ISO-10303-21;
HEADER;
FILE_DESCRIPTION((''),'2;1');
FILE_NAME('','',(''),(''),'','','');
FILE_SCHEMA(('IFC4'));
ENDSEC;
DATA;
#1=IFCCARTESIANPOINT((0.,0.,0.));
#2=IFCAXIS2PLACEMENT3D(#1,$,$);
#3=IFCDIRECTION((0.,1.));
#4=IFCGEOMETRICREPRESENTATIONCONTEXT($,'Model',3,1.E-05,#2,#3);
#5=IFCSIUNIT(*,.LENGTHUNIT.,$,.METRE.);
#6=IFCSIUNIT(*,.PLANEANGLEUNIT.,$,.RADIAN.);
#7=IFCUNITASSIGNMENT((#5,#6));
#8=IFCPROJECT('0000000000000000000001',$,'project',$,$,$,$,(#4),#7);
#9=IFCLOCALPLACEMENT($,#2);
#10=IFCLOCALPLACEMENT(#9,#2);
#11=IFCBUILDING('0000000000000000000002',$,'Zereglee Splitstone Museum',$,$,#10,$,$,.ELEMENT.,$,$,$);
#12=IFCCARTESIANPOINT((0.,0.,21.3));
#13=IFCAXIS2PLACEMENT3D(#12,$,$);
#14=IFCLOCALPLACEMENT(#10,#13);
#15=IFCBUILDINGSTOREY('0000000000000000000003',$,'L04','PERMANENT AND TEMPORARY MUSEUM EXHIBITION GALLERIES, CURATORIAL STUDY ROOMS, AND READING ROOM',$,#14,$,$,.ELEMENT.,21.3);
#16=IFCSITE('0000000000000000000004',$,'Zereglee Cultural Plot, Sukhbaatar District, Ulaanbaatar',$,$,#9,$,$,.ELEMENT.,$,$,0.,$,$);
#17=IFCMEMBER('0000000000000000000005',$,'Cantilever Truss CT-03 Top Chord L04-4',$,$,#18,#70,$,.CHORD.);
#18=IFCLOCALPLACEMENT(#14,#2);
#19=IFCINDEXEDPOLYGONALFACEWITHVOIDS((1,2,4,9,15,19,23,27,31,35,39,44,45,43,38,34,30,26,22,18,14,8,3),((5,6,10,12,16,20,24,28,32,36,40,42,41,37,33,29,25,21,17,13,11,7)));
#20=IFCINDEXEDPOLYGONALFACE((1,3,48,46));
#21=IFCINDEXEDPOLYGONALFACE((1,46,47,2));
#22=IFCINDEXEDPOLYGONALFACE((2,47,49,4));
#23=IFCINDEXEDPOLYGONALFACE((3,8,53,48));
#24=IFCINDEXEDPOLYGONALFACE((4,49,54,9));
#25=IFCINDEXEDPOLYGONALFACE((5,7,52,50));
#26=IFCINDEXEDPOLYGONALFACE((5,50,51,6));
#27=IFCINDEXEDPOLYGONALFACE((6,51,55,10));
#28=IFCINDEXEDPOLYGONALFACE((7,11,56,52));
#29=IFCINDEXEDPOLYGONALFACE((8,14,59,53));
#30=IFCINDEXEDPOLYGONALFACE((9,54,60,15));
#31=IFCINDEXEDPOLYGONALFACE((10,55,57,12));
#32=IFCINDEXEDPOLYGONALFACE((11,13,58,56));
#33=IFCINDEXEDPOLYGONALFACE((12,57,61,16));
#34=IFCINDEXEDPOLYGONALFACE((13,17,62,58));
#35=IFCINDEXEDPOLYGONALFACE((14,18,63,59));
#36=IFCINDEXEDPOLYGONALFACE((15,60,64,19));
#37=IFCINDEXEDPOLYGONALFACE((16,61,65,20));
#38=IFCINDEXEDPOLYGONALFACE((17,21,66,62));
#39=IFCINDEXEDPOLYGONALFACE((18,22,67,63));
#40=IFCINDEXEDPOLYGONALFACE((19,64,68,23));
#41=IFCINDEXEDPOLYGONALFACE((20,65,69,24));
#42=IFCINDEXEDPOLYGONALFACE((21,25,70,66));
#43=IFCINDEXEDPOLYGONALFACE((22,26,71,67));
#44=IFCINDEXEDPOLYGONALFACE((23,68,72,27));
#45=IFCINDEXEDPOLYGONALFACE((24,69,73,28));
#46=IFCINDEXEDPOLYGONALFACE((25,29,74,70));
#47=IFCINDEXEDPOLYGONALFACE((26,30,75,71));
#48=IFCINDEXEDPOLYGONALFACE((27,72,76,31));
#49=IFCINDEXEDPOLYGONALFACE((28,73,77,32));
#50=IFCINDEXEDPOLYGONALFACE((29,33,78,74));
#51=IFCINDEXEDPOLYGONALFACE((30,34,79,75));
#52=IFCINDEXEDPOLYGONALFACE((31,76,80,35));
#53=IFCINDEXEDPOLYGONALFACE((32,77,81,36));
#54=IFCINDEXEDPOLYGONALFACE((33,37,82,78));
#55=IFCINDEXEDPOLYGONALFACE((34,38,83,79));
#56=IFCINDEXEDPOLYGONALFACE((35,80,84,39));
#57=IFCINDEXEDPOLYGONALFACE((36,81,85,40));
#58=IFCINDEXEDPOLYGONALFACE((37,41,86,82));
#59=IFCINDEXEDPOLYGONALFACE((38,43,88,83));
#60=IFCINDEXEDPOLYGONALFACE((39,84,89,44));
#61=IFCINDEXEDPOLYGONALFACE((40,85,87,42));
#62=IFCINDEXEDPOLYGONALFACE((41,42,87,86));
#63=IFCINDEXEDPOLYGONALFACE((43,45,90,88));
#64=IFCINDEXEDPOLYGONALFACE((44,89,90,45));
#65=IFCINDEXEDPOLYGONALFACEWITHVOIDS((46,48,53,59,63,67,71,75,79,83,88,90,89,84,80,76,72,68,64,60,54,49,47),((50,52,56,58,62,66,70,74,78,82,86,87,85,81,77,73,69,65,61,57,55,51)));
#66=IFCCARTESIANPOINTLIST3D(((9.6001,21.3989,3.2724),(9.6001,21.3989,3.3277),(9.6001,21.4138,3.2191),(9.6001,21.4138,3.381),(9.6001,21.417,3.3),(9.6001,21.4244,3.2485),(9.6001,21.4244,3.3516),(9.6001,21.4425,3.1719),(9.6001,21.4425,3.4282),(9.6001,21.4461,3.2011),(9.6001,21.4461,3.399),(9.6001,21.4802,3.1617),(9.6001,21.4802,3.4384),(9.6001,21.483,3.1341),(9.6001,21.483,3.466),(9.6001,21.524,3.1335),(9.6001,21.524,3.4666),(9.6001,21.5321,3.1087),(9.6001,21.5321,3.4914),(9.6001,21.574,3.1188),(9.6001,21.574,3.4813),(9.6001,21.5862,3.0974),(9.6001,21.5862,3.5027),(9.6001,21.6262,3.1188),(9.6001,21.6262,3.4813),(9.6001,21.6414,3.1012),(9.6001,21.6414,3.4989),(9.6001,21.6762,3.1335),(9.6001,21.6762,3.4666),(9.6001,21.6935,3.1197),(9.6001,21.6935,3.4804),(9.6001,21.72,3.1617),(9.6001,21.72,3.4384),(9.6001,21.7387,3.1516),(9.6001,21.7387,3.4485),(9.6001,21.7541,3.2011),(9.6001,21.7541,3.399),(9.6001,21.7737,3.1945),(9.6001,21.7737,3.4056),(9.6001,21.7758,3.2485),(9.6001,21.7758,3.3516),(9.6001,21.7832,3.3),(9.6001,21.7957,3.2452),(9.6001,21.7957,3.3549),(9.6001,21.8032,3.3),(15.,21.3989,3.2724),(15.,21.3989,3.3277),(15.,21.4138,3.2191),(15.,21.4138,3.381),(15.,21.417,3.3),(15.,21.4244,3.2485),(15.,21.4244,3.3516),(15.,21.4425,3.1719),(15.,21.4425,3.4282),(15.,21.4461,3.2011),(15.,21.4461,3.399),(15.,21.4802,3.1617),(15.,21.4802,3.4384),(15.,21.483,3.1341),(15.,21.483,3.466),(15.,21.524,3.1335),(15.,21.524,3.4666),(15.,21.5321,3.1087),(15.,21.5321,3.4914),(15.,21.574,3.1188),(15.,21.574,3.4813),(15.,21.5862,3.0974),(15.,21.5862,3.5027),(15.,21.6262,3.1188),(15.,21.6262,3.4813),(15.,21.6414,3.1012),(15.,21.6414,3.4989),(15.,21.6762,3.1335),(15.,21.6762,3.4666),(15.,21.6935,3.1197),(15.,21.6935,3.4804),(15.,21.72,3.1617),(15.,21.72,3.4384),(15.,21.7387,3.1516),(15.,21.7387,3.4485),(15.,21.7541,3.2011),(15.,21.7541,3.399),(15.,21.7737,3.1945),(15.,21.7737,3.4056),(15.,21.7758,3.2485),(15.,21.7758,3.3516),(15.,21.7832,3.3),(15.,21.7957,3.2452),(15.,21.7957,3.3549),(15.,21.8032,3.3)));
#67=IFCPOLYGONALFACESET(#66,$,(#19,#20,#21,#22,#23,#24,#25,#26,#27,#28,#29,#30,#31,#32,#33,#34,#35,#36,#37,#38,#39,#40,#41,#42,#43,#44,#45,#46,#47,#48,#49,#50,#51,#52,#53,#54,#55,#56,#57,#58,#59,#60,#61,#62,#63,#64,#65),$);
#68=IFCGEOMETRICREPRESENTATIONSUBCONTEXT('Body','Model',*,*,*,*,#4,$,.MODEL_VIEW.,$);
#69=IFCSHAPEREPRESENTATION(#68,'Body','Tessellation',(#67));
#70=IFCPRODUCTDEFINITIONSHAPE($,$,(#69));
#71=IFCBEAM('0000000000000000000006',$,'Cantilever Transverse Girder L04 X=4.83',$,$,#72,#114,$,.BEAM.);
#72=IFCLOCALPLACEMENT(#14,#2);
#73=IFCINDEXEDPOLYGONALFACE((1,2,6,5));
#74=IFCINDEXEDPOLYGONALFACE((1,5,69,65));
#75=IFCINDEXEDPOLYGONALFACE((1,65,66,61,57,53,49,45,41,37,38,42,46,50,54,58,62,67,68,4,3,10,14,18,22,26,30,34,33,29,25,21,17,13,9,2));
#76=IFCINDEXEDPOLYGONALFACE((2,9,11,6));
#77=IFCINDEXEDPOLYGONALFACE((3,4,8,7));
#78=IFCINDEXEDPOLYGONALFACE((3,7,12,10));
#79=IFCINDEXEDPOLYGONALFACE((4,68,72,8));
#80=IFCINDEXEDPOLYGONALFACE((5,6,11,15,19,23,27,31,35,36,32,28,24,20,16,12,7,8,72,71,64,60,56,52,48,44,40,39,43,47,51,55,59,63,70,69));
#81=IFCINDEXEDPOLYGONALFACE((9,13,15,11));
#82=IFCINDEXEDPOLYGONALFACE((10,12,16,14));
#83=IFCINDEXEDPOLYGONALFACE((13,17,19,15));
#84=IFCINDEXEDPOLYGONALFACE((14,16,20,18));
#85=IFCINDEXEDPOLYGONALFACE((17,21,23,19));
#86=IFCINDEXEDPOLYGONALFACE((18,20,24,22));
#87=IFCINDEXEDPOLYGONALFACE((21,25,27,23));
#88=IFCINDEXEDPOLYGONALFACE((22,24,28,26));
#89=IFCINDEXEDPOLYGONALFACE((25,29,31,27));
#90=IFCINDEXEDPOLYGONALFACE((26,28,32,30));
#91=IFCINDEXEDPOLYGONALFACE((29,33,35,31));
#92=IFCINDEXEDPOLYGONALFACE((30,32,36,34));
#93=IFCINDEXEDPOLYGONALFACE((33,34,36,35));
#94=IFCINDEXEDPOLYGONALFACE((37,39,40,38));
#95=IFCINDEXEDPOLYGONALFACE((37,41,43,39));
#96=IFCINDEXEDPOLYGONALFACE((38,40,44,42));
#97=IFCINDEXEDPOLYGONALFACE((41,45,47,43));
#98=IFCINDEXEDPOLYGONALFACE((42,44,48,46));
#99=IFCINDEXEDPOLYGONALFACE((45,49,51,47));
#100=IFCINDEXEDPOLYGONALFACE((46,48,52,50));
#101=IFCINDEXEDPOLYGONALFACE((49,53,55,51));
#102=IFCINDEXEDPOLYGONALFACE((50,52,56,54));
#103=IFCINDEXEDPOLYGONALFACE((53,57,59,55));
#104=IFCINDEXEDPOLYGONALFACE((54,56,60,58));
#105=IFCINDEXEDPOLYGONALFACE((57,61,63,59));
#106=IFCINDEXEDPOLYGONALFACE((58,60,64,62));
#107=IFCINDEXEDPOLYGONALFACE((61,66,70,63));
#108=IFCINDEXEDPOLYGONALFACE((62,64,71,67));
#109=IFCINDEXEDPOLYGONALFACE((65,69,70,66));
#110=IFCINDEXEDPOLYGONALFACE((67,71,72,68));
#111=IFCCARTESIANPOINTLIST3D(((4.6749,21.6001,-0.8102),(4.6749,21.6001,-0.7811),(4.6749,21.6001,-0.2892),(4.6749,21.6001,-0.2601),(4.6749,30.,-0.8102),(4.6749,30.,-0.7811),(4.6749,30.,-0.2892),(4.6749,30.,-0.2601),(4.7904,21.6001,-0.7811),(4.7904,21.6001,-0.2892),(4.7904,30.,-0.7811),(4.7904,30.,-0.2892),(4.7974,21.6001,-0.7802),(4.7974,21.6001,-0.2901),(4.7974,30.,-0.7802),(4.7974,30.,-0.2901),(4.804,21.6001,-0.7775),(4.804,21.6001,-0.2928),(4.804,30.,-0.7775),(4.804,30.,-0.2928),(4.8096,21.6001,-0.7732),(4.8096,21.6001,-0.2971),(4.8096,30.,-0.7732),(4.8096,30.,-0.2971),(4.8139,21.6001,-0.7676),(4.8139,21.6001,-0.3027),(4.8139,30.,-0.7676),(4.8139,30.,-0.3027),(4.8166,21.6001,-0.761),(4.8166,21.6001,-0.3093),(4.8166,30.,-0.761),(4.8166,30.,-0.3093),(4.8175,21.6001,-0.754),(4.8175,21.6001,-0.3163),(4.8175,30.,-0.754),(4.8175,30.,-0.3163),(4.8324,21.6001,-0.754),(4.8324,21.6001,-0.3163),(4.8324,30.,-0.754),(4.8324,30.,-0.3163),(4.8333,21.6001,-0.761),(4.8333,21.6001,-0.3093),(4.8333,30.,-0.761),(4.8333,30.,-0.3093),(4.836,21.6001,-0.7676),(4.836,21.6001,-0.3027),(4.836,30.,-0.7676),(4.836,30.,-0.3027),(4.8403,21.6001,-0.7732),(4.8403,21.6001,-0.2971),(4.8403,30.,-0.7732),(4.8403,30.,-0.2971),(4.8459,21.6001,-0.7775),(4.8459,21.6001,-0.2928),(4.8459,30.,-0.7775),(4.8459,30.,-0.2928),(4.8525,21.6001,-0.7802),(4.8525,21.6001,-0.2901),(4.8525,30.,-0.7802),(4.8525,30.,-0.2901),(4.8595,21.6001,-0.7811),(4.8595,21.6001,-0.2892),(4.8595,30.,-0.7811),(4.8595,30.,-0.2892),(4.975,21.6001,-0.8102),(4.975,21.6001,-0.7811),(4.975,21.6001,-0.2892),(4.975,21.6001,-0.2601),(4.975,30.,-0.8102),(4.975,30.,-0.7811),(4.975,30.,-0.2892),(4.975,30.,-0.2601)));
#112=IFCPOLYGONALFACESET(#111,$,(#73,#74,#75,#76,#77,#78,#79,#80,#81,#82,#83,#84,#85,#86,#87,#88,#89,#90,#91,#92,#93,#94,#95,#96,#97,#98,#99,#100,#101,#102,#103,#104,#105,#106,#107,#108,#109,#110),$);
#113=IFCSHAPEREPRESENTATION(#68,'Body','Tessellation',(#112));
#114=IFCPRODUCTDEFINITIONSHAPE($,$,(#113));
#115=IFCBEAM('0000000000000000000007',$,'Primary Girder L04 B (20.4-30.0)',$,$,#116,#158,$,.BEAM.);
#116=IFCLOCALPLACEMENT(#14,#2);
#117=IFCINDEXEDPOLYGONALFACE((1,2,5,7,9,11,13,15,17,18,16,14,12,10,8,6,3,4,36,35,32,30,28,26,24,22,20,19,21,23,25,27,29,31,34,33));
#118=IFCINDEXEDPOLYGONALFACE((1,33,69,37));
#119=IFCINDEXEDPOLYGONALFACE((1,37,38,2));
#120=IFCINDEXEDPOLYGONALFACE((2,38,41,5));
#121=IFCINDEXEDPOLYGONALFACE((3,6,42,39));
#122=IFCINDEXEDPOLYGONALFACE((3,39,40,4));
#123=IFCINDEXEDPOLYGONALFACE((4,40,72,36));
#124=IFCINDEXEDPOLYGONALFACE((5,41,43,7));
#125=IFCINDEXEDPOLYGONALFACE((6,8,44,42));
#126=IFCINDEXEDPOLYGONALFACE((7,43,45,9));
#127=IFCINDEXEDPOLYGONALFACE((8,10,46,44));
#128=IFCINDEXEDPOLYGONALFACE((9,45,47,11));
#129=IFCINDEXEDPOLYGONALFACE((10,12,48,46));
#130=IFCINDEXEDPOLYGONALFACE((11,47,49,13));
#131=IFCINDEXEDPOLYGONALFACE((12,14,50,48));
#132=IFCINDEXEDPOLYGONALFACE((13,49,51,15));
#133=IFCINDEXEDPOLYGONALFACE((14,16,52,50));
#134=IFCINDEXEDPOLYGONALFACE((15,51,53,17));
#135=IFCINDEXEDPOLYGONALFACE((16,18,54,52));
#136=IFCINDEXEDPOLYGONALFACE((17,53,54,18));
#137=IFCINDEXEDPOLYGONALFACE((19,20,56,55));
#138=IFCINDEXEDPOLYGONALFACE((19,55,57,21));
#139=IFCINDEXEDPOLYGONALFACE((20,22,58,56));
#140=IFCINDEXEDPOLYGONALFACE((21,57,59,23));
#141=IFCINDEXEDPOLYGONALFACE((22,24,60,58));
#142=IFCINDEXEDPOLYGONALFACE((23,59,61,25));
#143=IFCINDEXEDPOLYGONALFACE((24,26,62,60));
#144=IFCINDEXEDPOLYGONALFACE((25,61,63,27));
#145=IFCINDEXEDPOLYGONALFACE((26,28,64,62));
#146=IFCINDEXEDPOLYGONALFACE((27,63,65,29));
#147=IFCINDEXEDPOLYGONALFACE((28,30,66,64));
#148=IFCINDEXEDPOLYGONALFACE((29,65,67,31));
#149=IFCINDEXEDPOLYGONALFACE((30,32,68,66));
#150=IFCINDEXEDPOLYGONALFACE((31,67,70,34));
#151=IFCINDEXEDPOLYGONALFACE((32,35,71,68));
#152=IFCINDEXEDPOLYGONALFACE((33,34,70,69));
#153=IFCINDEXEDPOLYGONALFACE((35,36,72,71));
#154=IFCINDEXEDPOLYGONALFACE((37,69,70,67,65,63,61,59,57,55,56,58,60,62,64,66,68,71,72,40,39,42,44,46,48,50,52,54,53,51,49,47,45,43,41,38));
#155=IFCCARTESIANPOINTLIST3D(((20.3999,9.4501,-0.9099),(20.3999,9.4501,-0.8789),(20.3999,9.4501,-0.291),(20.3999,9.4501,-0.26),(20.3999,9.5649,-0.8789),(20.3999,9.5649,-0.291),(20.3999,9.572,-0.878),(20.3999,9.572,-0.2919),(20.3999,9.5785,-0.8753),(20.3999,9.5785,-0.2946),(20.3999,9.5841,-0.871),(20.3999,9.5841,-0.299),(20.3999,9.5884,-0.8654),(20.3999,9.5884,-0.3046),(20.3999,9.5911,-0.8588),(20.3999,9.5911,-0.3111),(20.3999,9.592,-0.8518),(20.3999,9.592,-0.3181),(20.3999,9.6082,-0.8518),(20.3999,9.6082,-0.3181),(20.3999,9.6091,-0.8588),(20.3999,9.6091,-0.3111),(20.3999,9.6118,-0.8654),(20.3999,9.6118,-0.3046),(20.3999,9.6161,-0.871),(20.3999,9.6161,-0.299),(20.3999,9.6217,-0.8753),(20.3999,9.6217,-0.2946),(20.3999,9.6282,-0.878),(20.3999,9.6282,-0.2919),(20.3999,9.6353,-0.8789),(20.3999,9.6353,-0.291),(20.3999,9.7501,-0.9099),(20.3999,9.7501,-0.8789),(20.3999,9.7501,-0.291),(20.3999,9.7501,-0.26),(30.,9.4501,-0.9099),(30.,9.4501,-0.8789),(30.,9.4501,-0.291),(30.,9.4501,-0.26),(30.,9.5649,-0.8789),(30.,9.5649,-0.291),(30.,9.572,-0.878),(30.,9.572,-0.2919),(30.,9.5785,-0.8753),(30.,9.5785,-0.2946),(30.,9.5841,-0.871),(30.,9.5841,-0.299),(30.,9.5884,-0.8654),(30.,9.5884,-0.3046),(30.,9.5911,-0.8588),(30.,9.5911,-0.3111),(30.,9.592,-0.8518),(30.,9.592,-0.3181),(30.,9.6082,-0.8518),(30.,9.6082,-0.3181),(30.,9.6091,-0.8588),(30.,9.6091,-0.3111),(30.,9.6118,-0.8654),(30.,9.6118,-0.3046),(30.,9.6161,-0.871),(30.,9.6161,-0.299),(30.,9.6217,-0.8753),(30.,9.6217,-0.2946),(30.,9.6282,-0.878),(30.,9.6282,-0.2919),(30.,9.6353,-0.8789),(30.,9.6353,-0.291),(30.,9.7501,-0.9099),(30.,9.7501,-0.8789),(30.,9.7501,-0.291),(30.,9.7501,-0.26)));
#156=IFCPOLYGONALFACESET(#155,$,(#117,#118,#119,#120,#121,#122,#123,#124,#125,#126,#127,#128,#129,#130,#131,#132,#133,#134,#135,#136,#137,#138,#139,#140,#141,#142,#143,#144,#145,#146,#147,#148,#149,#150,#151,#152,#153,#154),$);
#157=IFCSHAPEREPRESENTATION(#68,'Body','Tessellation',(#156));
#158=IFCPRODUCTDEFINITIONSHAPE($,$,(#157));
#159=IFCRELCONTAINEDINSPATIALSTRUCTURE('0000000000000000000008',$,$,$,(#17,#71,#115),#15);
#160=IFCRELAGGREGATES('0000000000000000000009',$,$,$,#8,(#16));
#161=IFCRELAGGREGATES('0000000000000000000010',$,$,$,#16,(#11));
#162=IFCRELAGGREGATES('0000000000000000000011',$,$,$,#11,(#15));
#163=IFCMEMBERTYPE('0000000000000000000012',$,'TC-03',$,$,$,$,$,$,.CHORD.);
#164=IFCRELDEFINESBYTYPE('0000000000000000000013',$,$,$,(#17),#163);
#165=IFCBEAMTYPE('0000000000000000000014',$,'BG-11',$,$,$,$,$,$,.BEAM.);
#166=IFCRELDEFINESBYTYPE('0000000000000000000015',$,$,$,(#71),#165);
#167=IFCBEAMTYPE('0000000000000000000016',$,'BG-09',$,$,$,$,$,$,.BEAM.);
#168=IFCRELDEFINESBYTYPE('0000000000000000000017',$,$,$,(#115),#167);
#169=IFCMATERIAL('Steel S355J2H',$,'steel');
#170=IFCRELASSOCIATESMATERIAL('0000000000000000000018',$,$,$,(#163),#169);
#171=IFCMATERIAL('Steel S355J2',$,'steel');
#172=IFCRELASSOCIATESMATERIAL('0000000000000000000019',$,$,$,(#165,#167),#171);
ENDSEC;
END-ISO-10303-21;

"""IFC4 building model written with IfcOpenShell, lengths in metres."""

from ifc_helpers import new_model, si_unit, direction, frame, origin, origin_2d, place, context, subcontext, project, spatial, hollow_circle, i_section, extrude, material, material_profile, profile_set, type_object, element, save


model = new_model("IFC4")

# Units and contexts
model_context = context("Model", 3, precision=1e-05, world=origin(), true_north=direction((0.0, 1.0)))
body_context = subcontext(model_context, "Body", "Model", "MODEL_VIEW")
ifc_project = project(units=[si_unit("LENGTHUNIT", "METRE"), si_unit("PLANEANGLEUNIT", "RADIAN")], contexts=[model_context])

# Site, building, storey
site_placement = place(None, origin())
site = spatial("IfcSite", under=ifc_project, at=site_placement, Name="Zereglee Cultural Plot, Sukhbaatar District, Ulaanbaatar", CompositionType="ELEMENT", RefElevation=0.0)
building_placement = place(site_placement, origin())
building = spatial("IfcBuilding", under=site, at=building_placement, Name="Zereglee Splitstone Museum", CompositionType="ELEMENT")
storey_placement = place(building_placement, frame((0.0, 0.0, 21.3)))
storey = spatial("IfcBuildingStorey", under=building, at=storey_placement, Name="L04", Description="PERMANENT AND TEMPORARY MUSEUM EXHIBITION GALLERIES, CURATORIAL STUDY ROOMS, AND READING ROOM", CompositionType="ELEMENT", Elevation=21.3)

# Shared definitions
ifc_material_1 = material(Name="Steel S355J2H", Category="steel")

# Member
ifc_material_profile_1 = material_profile(ifc_material_1, hollow_circle(Radius=0.2031, WallThickness=0.02, at=origin_2d()), Name="CHS 406.4x20")
ifc_profile_set_1 = profile_set([ifc_material_profile_1], Name="Steel S355J2H")
member_type_1 = type_object("IfcMemberType", Name="TC-03", PredefinedType="CHORD", material=ifc_profile_set_1)
member_1_placement = place(storey_placement, frame((9.6001, 21.6001, 3.3), z_axis=(1.0, 0.0, 0.0), x_axis=(0.0, 1.0, 0.0)))
element("IfcMember", 1, at=member_1_placement, inside=storey, type_object=member_type_1, Name="Cantilever Truss CT-03 Top Chord L04-4", PredefinedType="CHORD", context=body_context, shape_type="SweptSolid", body=[
    extrude(hollow_circle(Radius=0.2031, WallThickness=0.02, at=origin_2d()), origin(), (0.0, 0.0, 1.0), 5.3999),
])

# Beams
ifc_material_2 = material(Name="Steel S355J2", Category="steel")
ifc_material_profile_2 = material_profile(ifc_material_2, i_section(OverallWidth=0.3, OverallDepth=0.55, WebThickness=0.0149, FlangeThickness=0.0291, FilletRadius=0.0271, at=origin_2d()), Name="HE 550 B")
ifc_profile_set_2 = profile_set([ifc_material_profile_2], Name="Steel S355J2")
beam_type_1 = type_object("IfcBeamType", Name="BG-11", PredefinedType="BEAM", material=ifc_profile_set_2)
beam_1_placement = place(storey_placement, frame((4.825, 21.6001, -0.5352), z_axis=(0.0, 1.0, 0.0), x_axis=(-1.0, 0.0, 0.0)))
element("IfcBeam", 2, at=beam_1_placement, inside=storey, type_object=beam_type_1, Name="Cantilever Transverse Girder L04 X=4.83", PredefinedType="BEAM", context=body_context, shape_type="SweptSolid", body=[
    extrude(i_section(OverallWidth=0.3, OverallDepth=0.55, WebThickness=0.0149, FlangeThickness=0.0291, FilletRadius=0.0271, at=origin_2d()), origin(), (0.0, 0.0, 1.0), 8.3999),
])
ifc_material_profile_3 = material_profile(ifc_material_2, i_section(OverallWidth=0.3, OverallDepth=0.6499, WebThickness=0.0161, FlangeThickness=0.031, FilletRadius=0.0271, at=origin_2d()), Name="HE 650 B")
ifc_profile_set_3 = profile_set([ifc_material_profile_3], Name="Steel S355J2")
beam_type_2 = type_object("IfcBeamType", Name="BG-09", PredefinedType="BEAM", material=ifc_profile_set_3)
beam_2_placement = place(storey_placement, frame((20.3999, 9.6001, -0.585), z_axis=(1.0, 0.0, 0.0), x_axis=(0.0, 1.0, 0.0)))
element("IfcBeam", 3, at=beam_2_placement, inside=storey, type_object=beam_type_2, Name="Primary Girder L04 B (20.4-30.0)", PredefinedType="BEAM", context=body_context, shape_type="SweptSolid", body=[
    extrude(i_section(OverallWidth=0.3, OverallDepth=0.6499, WebThickness=0.0161, FlangeThickness=0.031, FilletRadius=0.0271, at=origin_2d()), origin(), (0.0, 0.0, 1.0), 9.6001),
])

save(model, "model.ifc")
